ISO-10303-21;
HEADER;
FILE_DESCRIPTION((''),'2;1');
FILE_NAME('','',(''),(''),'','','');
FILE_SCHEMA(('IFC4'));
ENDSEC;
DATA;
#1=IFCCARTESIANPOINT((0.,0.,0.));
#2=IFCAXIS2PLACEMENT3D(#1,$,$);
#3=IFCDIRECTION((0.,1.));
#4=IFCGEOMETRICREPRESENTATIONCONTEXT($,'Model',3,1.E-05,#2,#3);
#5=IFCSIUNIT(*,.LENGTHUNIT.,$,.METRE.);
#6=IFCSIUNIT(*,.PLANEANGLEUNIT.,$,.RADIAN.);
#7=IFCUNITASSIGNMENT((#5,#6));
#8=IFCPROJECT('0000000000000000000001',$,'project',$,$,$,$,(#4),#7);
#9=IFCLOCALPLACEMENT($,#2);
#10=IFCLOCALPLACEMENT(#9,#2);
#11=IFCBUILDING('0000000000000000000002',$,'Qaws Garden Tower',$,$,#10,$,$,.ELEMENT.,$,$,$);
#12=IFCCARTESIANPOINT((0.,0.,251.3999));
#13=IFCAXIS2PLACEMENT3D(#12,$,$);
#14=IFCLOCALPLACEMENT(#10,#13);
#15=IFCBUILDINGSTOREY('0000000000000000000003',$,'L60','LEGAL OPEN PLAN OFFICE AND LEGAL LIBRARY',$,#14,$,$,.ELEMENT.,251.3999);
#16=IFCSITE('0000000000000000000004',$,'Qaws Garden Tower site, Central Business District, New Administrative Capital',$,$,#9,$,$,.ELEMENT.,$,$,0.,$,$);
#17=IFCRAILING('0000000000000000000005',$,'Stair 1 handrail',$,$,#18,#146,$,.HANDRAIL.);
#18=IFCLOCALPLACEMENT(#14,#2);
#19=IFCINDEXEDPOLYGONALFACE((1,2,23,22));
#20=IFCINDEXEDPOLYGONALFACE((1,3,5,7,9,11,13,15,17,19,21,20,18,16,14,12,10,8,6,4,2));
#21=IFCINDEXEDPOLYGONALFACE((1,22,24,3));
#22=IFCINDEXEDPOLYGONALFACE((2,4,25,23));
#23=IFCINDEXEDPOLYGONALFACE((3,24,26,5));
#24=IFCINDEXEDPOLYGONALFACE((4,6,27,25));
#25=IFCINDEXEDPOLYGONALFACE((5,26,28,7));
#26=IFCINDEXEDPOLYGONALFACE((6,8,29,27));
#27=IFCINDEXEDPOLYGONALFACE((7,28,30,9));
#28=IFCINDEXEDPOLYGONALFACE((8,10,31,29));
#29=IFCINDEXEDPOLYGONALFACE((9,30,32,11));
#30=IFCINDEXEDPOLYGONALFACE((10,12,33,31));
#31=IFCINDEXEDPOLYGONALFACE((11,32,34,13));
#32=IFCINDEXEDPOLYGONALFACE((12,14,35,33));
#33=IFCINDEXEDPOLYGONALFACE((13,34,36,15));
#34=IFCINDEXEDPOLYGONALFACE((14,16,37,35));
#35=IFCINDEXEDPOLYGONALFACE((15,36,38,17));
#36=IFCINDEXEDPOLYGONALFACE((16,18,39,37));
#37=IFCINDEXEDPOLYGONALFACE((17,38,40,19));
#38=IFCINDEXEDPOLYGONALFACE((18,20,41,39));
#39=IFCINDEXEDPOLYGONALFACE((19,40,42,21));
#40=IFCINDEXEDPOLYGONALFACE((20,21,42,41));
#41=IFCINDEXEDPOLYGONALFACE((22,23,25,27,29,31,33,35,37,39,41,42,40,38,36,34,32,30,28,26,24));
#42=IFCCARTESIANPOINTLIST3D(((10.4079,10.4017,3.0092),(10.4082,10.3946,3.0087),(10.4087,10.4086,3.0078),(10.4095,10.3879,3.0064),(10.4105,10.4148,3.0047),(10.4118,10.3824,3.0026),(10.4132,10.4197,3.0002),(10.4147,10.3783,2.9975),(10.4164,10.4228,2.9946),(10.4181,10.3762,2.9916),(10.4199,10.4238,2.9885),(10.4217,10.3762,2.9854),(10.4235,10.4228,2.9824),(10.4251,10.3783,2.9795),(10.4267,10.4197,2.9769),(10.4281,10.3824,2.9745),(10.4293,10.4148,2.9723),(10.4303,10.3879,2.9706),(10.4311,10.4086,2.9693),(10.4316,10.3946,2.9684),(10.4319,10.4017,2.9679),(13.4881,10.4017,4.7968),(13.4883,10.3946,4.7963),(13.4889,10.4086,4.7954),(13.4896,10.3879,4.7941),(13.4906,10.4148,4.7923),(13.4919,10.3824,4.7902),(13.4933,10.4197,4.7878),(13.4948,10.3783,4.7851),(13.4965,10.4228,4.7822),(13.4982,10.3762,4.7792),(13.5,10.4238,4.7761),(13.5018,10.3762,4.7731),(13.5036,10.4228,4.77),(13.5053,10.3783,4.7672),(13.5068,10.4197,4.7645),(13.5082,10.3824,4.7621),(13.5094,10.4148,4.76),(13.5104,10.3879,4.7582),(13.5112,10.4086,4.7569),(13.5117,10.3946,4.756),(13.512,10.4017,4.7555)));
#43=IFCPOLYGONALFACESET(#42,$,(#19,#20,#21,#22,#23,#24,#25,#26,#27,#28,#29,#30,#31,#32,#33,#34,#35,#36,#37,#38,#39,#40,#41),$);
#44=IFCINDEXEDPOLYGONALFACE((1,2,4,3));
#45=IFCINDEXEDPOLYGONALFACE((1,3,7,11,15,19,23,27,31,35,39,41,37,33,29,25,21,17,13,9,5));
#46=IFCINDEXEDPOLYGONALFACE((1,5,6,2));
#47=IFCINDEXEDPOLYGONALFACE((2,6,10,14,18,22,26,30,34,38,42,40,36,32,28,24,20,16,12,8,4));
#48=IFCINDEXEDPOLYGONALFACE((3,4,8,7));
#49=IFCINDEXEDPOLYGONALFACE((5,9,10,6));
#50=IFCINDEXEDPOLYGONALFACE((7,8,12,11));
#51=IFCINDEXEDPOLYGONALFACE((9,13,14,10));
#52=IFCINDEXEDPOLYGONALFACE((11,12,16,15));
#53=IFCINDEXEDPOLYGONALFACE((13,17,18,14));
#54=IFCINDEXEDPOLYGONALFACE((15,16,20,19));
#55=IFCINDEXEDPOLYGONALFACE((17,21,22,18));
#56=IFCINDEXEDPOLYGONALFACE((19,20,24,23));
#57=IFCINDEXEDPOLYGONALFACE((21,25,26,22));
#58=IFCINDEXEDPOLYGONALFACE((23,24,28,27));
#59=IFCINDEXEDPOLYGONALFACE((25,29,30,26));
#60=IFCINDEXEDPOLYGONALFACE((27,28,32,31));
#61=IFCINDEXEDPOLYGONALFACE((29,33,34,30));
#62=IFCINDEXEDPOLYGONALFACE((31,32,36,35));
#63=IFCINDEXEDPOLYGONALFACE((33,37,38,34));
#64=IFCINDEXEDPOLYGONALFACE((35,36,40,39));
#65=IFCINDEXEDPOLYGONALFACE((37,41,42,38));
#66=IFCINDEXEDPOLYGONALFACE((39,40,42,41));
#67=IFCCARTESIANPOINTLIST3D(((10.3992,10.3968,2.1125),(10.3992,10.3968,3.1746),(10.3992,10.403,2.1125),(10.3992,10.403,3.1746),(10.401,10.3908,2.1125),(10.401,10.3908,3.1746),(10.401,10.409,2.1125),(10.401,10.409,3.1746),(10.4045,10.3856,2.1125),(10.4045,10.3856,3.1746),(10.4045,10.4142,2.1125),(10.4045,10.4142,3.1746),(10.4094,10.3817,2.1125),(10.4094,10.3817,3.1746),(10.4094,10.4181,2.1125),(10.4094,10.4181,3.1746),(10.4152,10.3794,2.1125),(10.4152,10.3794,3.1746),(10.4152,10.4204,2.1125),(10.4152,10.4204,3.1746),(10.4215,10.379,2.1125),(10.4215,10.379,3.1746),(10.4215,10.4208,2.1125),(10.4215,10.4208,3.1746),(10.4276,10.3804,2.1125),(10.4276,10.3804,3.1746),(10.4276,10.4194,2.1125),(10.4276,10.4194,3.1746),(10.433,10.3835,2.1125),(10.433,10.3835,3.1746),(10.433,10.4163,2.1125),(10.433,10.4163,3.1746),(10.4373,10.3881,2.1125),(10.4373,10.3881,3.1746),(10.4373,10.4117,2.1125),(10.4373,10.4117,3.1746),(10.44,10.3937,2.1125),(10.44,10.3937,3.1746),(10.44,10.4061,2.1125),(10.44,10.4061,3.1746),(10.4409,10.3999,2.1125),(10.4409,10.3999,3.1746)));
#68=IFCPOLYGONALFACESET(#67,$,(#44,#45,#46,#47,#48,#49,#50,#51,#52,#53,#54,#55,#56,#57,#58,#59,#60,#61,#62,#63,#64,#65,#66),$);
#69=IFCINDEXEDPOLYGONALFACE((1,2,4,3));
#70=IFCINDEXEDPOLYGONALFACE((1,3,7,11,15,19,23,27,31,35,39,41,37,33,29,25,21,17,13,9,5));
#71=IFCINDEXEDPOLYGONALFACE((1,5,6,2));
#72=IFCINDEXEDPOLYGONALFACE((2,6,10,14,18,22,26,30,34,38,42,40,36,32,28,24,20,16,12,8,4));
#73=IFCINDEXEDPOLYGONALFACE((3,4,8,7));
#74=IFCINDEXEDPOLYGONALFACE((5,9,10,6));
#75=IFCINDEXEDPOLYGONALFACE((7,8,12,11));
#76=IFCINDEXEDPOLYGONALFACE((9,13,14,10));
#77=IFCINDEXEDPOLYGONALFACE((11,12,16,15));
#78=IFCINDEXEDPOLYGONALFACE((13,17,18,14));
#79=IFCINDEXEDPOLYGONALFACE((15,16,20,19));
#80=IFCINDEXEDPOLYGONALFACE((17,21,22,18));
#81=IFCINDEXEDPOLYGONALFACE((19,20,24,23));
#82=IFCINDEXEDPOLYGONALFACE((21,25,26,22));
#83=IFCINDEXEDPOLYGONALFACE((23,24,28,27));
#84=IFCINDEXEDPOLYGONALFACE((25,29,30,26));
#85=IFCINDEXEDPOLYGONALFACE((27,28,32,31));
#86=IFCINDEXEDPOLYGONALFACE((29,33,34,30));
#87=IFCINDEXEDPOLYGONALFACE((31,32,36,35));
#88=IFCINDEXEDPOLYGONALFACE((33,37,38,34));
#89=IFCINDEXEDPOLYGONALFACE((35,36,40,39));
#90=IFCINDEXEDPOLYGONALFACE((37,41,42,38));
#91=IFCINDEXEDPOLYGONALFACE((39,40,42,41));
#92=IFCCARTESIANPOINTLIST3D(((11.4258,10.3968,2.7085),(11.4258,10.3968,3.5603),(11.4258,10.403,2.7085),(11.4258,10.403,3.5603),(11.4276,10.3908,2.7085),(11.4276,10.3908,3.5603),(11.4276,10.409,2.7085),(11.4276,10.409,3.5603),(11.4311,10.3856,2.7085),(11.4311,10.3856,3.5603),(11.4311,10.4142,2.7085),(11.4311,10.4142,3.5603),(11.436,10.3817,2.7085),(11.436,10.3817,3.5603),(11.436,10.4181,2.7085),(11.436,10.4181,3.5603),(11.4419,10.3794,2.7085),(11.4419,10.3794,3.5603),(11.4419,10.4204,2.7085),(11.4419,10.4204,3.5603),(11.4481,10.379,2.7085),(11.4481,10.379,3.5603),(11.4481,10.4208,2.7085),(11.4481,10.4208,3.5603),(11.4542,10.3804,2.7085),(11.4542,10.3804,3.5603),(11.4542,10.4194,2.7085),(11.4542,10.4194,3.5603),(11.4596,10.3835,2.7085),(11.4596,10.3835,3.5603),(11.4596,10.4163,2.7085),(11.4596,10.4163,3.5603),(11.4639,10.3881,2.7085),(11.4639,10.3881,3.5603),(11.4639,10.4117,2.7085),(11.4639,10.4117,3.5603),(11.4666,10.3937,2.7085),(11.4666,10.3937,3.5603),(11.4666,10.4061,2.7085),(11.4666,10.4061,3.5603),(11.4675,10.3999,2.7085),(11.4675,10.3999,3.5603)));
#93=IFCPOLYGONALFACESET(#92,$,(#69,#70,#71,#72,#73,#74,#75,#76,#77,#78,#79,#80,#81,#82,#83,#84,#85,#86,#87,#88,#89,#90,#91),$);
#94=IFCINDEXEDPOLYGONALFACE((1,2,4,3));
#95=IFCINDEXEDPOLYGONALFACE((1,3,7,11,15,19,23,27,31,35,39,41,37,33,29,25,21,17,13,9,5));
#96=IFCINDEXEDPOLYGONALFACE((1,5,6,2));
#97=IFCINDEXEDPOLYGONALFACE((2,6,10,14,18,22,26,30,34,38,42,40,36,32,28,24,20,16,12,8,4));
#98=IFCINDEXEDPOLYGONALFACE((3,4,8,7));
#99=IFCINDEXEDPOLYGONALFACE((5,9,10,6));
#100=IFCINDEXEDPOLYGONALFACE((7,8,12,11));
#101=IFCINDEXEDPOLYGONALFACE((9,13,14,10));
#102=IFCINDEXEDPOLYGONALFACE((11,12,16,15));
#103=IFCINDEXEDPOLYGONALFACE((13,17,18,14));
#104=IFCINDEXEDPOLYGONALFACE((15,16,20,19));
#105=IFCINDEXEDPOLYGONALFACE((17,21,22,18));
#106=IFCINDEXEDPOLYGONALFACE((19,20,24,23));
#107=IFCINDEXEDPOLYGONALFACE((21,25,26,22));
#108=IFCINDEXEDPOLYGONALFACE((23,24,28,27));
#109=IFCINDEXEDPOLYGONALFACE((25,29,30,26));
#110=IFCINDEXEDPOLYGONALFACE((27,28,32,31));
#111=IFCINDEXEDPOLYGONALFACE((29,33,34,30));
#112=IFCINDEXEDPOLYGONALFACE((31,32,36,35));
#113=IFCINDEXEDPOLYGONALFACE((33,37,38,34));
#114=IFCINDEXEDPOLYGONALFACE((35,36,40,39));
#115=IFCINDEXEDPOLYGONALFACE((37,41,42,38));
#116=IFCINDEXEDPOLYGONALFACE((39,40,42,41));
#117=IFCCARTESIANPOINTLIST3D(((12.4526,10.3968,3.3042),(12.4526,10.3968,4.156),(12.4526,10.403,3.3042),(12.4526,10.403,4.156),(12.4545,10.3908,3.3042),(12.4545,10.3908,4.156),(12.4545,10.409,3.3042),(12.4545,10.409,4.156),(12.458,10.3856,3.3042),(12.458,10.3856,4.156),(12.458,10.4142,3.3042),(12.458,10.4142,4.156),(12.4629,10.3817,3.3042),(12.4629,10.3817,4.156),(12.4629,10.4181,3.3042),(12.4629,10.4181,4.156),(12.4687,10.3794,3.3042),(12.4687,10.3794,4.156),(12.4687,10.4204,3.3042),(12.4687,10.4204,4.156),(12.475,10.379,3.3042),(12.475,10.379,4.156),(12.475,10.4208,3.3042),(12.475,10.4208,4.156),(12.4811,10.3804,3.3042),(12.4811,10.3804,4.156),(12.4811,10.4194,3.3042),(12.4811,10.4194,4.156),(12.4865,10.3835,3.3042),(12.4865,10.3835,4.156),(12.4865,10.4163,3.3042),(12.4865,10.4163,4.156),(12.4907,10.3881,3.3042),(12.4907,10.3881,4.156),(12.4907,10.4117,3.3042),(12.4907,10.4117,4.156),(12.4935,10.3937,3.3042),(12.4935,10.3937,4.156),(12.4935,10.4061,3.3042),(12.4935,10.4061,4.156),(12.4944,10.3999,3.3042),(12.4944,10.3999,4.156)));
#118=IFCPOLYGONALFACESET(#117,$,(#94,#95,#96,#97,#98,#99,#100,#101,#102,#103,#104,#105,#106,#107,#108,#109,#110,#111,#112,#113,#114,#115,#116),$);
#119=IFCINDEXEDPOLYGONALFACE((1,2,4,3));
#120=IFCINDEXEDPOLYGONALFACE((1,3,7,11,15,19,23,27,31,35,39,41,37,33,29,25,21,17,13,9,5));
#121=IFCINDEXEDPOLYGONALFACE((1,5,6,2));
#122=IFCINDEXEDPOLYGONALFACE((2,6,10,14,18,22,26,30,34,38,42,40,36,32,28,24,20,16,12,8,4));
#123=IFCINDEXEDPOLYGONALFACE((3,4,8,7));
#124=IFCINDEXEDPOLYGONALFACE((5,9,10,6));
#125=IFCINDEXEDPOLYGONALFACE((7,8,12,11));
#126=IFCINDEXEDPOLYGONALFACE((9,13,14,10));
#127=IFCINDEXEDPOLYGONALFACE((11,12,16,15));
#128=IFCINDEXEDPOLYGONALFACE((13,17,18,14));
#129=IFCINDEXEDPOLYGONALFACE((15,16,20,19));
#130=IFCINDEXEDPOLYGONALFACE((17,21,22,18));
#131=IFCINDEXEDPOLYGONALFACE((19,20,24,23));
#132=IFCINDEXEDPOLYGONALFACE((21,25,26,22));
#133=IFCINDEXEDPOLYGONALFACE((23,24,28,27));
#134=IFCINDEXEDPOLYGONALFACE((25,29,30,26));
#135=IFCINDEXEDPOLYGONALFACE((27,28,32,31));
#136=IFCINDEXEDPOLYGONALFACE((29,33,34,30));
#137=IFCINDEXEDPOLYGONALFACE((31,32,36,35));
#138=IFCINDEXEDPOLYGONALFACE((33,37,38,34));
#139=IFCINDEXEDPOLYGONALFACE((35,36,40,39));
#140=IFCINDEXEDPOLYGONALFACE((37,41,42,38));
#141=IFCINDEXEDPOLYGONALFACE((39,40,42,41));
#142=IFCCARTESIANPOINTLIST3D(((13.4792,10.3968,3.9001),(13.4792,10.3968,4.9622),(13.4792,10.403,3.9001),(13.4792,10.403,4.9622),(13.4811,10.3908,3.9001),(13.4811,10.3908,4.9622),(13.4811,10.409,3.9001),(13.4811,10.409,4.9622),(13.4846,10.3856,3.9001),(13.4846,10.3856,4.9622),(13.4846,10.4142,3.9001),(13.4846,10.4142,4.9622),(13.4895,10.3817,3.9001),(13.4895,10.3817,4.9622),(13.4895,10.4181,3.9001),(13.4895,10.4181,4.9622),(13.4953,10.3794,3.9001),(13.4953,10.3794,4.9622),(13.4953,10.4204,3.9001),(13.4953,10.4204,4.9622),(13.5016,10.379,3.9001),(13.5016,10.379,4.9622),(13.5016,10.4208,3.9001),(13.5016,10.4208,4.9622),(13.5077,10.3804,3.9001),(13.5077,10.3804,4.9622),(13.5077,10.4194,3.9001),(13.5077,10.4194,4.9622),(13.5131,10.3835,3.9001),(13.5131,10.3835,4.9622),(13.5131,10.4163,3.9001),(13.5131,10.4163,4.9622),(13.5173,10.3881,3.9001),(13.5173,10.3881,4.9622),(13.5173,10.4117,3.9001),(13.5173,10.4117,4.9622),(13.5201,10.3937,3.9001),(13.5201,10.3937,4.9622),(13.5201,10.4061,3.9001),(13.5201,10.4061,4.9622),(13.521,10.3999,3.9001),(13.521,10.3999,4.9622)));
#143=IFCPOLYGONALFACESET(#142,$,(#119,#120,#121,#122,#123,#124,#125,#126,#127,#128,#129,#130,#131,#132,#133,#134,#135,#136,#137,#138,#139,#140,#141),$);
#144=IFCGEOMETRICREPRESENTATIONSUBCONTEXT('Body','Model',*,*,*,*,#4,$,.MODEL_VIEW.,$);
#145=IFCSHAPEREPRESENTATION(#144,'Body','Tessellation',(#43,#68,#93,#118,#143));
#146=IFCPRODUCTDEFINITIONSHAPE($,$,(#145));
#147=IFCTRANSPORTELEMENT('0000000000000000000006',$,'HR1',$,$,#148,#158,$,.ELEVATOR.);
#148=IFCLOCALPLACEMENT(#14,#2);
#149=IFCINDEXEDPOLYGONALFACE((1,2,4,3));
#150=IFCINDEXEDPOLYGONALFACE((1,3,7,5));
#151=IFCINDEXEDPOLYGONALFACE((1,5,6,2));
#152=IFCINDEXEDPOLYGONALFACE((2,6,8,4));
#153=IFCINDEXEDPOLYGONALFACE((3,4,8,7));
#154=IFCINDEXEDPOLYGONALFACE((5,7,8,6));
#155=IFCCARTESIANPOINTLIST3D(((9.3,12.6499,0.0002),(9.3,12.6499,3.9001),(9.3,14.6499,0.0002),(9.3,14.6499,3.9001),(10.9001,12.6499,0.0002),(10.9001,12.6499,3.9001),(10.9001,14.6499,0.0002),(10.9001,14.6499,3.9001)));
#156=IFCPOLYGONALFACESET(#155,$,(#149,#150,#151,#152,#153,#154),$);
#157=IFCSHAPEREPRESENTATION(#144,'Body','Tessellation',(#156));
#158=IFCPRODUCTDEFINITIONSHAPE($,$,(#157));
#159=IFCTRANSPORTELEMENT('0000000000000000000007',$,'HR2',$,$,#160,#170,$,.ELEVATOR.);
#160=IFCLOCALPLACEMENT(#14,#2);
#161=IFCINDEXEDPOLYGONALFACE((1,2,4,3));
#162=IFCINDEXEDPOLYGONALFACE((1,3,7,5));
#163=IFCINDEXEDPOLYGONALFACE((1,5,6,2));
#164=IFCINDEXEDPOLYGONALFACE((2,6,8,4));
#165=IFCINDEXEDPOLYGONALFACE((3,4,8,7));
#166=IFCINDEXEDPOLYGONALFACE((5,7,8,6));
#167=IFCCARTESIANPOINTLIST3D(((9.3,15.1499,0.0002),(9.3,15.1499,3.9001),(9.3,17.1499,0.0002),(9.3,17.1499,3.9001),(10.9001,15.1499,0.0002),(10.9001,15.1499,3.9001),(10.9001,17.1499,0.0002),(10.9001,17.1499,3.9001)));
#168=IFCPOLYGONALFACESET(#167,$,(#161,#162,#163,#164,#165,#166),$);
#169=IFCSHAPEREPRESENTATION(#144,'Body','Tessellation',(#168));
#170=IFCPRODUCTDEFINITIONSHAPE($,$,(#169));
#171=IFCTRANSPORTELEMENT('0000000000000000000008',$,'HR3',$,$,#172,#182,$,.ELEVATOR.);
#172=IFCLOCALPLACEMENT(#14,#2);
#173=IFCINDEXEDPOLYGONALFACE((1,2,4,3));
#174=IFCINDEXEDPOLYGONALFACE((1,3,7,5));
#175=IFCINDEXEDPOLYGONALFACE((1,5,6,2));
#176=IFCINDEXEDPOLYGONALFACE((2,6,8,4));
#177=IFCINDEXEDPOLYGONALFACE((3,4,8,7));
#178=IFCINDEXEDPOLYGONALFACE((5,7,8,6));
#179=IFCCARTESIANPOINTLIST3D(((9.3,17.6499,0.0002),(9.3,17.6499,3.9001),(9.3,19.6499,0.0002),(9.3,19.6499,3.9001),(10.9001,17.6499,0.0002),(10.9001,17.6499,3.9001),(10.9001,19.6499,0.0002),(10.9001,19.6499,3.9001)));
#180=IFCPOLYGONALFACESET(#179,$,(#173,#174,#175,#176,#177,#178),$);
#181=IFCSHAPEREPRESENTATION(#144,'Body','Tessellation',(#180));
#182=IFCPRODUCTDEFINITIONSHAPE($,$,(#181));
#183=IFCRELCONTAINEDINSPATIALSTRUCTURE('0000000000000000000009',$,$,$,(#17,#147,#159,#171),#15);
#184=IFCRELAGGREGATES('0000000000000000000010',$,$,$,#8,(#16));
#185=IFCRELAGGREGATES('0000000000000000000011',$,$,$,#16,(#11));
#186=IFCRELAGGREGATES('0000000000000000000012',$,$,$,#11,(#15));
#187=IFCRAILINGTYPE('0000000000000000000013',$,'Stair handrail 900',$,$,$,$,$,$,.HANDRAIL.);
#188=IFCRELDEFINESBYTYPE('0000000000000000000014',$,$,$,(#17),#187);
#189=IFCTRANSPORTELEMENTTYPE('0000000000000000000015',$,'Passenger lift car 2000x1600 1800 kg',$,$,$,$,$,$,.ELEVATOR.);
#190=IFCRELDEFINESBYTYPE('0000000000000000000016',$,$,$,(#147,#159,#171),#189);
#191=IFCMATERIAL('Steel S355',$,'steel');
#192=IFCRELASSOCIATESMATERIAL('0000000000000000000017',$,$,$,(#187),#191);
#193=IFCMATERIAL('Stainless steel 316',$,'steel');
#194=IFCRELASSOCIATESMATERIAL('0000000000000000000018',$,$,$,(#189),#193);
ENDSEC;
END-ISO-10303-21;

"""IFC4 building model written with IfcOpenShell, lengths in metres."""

from ifc_helpers import new_model, si_unit, direction, frame, origin, origin_2d, place, context, subcontext, project, spatial, rectangle, circle, extrude, material, type_object, element, save


model = new_model("IFC4")

# Units and contexts
model_context = context("Model", 3, precision=1e-05, world=origin(), true_north=direction((0.0, 1.0)))
body_context = subcontext(model_context, "Body", "Model", "MODEL_VIEW")
ifc_project = project(units=[si_unit("LENGTHUNIT", "METRE"), si_unit("PLANEANGLEUNIT", "RADIAN")], contexts=[model_context])

# Site, building, storey
site_placement = place(None, origin())
site = spatial("IfcSite", under=ifc_project, at=site_placement, Name="Qaws Garden Tower site, Central Business District, New Administrative Capital", CompositionType="ELEMENT", RefElevation=0.0)
building_placement = place(site_placement, origin())
building = spatial("IfcBuilding", under=site, at=building_placement, Name="Qaws Garden Tower", CompositionType="ELEMENT")
storey_placement = place(building_placement, frame((0.0, 0.0, 251.3999)))
storey = spatial("IfcBuildingStorey", under=building, at=storey_placement, Name="L60", Description="LEGAL OPEN PLAN OFFICE AND LEGAL LIBRARY", CompositionType="ELEMENT", Elevation=251.3999)

# Railing
ifc_material_1 = material(Name="Steel S355", Category="steel")
railing_type = type_object("IfcRailingType", Name="Stair handrail 900", PredefinedType="HANDRAIL", material=ifc_material_1)
railing_1_placement = place(storey_placement, frame((10.4199, 10.3999, 2.1125)))
element("IfcRailing", 1, at=railing_1_placement, inside=storey, type_object=railing_type, Name="Stair 1 handrail", PredefinedType="HANDRAIL", context=body_context, shape_type="SweptSolid", body=[
    extrude(circle(Radius=0.0239, at=origin_2d()), frame((0.0, 0.0, 0.876), z_axis=(0.864891, 0.0, 0.50196), x_axis=(0.0, 1.0, 0.0)), (0.0, 0.0, 1.0), 3.5613),
    extrude(circle(Radius=0.021, at=origin_2d()), origin(), (0.0, 0.0, 1.0), 1.062),
    extrude(circle(Radius=0.021, at=origin_2d()), frame((1.0266, 0.0, 0.5959)), (0.0, 0.0, 1.0), 0.8518),
    extrude(circle(Radius=0.021, at=origin_2d()), frame((2.0535, 0.0, 1.1917)), (0.0, 0.0, 1.0), 0.8518),
    extrude(circle(Radius=0.021, at=origin_2d()), frame((3.0801, 0.0, 1.7876)), (0.0, 0.0, 1.0), 1.062),
])

# Transport elements
ifc_material_2 = material(Name="Stainless steel 316", Category="steel")
transport_element_type = type_object("IfcTransportElementType", Name="Passenger lift car 2000x1600 1800 kg", PredefinedType="ELEVATOR", material=ifc_material_2)
for number, where, z_axis, x_axis, name in (
    (2, (10.1001, 13.6499, 0.0002), (0.0, 0.0, 1.0), (1.0, 0.0, 0.0), "HR1"),
    (3, (10.1001, 16.1499, 0.0002), (0.0, 0.0, 1.0), (1.0, 0.0, 0.0), "HR2"),
    (4, (10.1001, 18.6499, 0.0002), (0.0, 0.0, 1.0), (1.0, 0.0, 0.0), "HR3"),
):
    element("IfcTransportElement", number, at=place(storey_placement, frame(where, z_axis=z_axis, x_axis=x_axis)), inside=storey, type_object=transport_element_type, Name=name, PredefinedType="ELEVATOR", context=body_context, shape_type="SweptSolid", body=[
        extrude(rectangle(XDim=1.6001, YDim=2.0, at=origin_2d()), origin(), (0.0, 0.0, 1.0), 3.8999),
    ])

save(model, "model.ifc")
